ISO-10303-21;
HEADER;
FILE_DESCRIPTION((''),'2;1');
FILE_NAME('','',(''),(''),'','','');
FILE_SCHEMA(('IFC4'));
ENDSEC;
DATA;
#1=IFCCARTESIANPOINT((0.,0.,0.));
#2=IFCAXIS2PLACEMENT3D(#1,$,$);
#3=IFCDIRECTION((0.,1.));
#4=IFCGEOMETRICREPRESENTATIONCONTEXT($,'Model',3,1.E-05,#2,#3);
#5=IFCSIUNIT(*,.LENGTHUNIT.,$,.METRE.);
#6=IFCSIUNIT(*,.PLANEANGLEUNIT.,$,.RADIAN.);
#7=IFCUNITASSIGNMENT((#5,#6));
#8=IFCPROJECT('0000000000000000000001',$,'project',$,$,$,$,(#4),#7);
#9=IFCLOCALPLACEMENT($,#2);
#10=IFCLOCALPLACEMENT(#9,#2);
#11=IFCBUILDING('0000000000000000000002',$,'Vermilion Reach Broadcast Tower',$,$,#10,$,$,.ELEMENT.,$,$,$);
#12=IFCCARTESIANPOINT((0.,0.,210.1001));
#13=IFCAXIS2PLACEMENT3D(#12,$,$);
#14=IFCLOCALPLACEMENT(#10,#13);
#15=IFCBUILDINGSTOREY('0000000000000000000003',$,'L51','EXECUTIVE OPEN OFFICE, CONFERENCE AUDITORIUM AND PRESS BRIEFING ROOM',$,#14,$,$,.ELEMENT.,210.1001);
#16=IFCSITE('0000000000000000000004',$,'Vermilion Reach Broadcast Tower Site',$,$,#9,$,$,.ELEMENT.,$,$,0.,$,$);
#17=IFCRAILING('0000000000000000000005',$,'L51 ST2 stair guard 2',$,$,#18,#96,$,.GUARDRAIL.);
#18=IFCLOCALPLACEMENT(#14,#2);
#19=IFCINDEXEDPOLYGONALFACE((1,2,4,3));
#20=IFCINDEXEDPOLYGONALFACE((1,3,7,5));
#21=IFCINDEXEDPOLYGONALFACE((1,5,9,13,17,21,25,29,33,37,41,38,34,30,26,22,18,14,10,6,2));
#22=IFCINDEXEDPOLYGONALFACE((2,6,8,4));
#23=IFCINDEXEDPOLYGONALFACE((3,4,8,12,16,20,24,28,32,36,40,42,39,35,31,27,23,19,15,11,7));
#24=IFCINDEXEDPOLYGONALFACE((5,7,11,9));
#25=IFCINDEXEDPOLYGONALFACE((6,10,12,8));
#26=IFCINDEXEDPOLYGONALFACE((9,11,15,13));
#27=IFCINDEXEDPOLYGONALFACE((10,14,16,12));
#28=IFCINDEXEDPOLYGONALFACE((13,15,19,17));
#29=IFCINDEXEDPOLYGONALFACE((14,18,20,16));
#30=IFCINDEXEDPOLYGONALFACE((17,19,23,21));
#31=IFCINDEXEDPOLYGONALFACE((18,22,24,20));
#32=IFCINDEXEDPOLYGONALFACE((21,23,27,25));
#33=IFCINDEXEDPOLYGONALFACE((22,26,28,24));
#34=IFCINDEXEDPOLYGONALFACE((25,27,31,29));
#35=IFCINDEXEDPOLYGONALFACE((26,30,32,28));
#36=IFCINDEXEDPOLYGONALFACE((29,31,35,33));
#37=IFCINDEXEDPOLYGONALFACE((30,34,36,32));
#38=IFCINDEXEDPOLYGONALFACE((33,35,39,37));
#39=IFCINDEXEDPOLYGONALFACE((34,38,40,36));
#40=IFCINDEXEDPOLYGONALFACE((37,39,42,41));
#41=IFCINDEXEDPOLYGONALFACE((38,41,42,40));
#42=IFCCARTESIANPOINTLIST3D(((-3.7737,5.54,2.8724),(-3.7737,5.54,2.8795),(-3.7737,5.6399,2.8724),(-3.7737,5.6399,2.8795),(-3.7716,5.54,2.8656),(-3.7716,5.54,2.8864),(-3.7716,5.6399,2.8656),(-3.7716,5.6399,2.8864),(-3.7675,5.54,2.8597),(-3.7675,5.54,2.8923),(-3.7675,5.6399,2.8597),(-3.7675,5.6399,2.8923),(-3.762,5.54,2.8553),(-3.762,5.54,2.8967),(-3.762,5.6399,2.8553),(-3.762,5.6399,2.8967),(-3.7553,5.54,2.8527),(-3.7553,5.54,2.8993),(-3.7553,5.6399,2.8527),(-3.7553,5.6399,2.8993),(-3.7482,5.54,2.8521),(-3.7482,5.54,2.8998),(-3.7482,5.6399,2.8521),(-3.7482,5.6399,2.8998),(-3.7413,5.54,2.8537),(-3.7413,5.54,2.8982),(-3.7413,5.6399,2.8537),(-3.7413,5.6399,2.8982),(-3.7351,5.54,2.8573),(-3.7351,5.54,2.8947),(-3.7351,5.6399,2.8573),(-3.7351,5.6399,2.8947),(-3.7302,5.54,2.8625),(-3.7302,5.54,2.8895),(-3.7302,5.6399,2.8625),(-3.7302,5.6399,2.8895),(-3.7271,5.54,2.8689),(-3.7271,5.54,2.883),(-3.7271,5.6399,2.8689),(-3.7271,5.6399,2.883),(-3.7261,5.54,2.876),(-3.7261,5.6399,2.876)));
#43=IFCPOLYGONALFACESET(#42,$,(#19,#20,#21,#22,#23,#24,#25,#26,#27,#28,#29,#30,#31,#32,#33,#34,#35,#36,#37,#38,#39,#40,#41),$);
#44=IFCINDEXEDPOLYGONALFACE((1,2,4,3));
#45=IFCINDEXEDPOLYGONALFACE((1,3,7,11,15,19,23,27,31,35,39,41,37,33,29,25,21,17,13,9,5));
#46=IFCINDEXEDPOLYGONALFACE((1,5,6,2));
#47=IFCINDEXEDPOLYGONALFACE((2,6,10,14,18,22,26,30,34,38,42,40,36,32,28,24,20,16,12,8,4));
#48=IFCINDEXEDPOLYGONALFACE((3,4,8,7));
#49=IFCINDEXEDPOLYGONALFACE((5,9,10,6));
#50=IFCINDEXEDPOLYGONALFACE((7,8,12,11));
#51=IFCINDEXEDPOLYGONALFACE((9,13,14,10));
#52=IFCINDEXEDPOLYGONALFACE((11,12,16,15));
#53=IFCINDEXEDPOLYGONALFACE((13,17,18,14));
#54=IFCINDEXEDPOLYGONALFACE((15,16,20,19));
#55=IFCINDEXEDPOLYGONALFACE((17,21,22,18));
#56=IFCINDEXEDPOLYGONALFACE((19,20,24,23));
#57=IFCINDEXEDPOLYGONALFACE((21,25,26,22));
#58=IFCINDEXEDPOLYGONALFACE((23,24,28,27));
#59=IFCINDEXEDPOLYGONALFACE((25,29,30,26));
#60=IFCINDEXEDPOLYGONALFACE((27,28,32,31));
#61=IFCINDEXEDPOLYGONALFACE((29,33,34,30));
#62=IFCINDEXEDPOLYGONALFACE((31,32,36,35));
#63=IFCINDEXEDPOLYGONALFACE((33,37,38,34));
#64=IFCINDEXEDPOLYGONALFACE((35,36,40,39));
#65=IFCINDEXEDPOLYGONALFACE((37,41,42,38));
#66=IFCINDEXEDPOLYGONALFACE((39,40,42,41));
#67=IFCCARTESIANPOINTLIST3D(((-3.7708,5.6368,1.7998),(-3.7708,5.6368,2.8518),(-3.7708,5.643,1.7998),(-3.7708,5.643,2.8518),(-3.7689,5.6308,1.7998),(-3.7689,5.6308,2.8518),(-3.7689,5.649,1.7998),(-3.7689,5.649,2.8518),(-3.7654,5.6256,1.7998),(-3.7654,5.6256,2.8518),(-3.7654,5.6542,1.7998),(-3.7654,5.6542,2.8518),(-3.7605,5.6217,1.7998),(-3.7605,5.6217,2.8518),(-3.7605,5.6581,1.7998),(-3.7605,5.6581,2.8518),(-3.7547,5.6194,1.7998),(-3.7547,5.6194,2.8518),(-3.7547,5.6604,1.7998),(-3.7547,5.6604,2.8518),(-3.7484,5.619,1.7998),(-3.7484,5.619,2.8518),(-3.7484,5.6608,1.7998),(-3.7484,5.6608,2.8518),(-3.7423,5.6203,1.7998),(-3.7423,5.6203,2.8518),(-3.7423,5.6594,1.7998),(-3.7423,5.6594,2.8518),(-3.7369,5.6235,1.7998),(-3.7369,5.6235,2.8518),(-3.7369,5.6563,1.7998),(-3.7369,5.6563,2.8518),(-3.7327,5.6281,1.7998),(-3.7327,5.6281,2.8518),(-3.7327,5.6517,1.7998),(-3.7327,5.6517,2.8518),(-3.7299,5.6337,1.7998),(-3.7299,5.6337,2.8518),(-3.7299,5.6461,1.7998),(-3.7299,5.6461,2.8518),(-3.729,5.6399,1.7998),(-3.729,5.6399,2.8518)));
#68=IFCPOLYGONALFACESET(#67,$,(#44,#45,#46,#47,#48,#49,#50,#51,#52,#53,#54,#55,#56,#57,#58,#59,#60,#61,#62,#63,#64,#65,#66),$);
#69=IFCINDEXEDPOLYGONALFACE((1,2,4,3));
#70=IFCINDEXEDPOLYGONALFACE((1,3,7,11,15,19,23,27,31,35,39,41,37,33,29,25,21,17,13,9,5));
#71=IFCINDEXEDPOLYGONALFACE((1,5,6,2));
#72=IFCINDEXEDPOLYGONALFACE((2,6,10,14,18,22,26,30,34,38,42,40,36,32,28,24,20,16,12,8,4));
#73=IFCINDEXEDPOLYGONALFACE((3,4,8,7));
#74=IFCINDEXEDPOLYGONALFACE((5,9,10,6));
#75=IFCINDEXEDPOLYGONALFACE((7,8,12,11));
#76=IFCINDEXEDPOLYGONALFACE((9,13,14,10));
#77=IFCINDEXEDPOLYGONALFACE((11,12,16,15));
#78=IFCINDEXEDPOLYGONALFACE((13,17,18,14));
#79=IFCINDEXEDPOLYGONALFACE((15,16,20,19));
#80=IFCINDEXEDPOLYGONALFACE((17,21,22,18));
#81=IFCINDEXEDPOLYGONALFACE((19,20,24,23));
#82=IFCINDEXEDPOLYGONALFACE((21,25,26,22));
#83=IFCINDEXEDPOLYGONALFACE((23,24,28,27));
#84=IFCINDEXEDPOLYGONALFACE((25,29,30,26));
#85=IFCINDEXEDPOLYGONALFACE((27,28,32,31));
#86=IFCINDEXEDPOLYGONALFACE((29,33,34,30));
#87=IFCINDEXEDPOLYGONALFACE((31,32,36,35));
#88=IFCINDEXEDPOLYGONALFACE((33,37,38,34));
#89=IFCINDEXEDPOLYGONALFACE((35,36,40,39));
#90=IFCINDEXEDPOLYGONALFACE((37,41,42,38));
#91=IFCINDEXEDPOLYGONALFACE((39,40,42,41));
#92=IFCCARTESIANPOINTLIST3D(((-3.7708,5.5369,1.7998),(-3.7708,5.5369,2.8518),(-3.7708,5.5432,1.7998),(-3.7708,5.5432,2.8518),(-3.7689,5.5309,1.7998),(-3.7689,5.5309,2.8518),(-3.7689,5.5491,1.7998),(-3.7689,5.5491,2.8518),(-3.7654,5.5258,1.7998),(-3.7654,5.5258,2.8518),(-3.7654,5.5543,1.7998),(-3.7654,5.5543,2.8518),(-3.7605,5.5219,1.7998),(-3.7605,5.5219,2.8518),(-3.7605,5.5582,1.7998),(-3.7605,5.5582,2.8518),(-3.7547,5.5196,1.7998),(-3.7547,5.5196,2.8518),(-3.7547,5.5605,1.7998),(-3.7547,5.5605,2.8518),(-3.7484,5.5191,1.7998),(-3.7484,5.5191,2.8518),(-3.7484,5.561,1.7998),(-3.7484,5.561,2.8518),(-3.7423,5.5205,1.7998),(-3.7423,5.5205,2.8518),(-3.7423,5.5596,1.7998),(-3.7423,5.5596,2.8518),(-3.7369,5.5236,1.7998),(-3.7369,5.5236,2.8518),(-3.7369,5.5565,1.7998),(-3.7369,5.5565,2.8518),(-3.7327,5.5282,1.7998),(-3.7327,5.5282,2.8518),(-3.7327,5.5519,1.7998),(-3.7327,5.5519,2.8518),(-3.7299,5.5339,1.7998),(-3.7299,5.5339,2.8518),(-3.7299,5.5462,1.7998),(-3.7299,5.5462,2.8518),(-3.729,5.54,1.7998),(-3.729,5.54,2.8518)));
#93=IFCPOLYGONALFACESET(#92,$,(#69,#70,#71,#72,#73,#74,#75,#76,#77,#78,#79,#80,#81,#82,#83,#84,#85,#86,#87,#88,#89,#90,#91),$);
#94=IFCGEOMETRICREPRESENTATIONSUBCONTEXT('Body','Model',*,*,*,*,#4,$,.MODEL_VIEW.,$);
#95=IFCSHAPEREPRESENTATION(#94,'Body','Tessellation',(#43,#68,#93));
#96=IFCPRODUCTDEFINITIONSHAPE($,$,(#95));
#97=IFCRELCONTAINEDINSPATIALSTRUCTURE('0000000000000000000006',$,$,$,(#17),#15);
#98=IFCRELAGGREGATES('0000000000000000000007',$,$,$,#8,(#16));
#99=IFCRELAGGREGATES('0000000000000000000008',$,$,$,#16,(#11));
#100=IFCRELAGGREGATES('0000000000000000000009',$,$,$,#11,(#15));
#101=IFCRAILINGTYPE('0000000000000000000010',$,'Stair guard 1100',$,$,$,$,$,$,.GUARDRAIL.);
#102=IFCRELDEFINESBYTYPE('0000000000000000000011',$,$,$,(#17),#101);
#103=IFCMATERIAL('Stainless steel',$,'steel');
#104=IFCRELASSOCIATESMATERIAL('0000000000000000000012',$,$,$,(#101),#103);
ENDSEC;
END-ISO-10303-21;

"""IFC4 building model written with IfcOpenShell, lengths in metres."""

from ifc_helpers import new_model, si_unit, direction, frame, origin, origin_2d, place, context, subcontext, project, spatial, circle, extrude, material, type_object, element, save


model = new_model("IFC4")

# Units and contexts
model_context = context("Model", 3, precision=1e-05, world=origin(), true_north=direction((0.0, 1.0)))
body_context = subcontext(model_context, "Body", "Model", "MODEL_VIEW")
ifc_project = project(units=[si_unit("LENGTHUNIT", "METRE"), si_unit("PLANEANGLEUNIT", "RADIAN")], contexts=[model_context])

# Site, building, storey
site_placement = place(None, origin())
site = spatial("IfcSite", under=ifc_project, at=site_placement, Name="Vermilion Reach Broadcast Tower Site", CompositionType="ELEMENT", RefElevation=0.0)
building_placement = place(site_placement, origin())
building = spatial("IfcBuilding", under=site, at=building_placement, Name="Vermilion Reach Broadcast Tower", CompositionType="ELEMENT")
storey_placement = place(building_placement, frame((0.0, 0.0, 210.1001)))
storey = spatial("IfcBuildingStorey", under=building, at=storey_placement, Name="L51", Description="EXECUTIVE OPEN OFFICE, CONFERENCE AUDITORIUM AND PRESS BRIEFING ROOM", CompositionType="ELEMENT", Elevation=210.1001)

# Railing
ifc_material_1 = material(Name="Stainless steel", Category="steel")
railing_type_1 = type_object("IfcRailingType", Name="Stair guard 1100", PredefinedType="GUARDRAIL", material=ifc_material_1)
railing_1_placement = place(storey_placement, frame((-3.75, 5.6399, 1.7998)))
element("IfcRailing", 1, at=railing_1_placement, inside=storey, type_object=railing_type_1, Name="L51 ST2 stair guard 2", PredefinedType="GUARDRAIL", context=body_context, shape_type="SweptSolid", body=[
    extrude(circle(Radius=0.0239, at=origin_2d()), frame((0.0, 0.0, 1.0762), z_axis=(0.0, -1.0, 0.0), x_axis=(1.0, 0.0, 0.0)), (0.0, 0.0, 1.0), 0.0999),
    extrude(circle(Radius=0.021, at=origin_2d()), origin(), (0.0, 0.0, 1.0), 1.052),
    extrude(circle(Radius=0.021, at=origin_2d()), frame((0.0, -0.0999, 0.0)), (0.0, 0.0, 1.0), 1.052),
])

save(model, "model.ifc")
